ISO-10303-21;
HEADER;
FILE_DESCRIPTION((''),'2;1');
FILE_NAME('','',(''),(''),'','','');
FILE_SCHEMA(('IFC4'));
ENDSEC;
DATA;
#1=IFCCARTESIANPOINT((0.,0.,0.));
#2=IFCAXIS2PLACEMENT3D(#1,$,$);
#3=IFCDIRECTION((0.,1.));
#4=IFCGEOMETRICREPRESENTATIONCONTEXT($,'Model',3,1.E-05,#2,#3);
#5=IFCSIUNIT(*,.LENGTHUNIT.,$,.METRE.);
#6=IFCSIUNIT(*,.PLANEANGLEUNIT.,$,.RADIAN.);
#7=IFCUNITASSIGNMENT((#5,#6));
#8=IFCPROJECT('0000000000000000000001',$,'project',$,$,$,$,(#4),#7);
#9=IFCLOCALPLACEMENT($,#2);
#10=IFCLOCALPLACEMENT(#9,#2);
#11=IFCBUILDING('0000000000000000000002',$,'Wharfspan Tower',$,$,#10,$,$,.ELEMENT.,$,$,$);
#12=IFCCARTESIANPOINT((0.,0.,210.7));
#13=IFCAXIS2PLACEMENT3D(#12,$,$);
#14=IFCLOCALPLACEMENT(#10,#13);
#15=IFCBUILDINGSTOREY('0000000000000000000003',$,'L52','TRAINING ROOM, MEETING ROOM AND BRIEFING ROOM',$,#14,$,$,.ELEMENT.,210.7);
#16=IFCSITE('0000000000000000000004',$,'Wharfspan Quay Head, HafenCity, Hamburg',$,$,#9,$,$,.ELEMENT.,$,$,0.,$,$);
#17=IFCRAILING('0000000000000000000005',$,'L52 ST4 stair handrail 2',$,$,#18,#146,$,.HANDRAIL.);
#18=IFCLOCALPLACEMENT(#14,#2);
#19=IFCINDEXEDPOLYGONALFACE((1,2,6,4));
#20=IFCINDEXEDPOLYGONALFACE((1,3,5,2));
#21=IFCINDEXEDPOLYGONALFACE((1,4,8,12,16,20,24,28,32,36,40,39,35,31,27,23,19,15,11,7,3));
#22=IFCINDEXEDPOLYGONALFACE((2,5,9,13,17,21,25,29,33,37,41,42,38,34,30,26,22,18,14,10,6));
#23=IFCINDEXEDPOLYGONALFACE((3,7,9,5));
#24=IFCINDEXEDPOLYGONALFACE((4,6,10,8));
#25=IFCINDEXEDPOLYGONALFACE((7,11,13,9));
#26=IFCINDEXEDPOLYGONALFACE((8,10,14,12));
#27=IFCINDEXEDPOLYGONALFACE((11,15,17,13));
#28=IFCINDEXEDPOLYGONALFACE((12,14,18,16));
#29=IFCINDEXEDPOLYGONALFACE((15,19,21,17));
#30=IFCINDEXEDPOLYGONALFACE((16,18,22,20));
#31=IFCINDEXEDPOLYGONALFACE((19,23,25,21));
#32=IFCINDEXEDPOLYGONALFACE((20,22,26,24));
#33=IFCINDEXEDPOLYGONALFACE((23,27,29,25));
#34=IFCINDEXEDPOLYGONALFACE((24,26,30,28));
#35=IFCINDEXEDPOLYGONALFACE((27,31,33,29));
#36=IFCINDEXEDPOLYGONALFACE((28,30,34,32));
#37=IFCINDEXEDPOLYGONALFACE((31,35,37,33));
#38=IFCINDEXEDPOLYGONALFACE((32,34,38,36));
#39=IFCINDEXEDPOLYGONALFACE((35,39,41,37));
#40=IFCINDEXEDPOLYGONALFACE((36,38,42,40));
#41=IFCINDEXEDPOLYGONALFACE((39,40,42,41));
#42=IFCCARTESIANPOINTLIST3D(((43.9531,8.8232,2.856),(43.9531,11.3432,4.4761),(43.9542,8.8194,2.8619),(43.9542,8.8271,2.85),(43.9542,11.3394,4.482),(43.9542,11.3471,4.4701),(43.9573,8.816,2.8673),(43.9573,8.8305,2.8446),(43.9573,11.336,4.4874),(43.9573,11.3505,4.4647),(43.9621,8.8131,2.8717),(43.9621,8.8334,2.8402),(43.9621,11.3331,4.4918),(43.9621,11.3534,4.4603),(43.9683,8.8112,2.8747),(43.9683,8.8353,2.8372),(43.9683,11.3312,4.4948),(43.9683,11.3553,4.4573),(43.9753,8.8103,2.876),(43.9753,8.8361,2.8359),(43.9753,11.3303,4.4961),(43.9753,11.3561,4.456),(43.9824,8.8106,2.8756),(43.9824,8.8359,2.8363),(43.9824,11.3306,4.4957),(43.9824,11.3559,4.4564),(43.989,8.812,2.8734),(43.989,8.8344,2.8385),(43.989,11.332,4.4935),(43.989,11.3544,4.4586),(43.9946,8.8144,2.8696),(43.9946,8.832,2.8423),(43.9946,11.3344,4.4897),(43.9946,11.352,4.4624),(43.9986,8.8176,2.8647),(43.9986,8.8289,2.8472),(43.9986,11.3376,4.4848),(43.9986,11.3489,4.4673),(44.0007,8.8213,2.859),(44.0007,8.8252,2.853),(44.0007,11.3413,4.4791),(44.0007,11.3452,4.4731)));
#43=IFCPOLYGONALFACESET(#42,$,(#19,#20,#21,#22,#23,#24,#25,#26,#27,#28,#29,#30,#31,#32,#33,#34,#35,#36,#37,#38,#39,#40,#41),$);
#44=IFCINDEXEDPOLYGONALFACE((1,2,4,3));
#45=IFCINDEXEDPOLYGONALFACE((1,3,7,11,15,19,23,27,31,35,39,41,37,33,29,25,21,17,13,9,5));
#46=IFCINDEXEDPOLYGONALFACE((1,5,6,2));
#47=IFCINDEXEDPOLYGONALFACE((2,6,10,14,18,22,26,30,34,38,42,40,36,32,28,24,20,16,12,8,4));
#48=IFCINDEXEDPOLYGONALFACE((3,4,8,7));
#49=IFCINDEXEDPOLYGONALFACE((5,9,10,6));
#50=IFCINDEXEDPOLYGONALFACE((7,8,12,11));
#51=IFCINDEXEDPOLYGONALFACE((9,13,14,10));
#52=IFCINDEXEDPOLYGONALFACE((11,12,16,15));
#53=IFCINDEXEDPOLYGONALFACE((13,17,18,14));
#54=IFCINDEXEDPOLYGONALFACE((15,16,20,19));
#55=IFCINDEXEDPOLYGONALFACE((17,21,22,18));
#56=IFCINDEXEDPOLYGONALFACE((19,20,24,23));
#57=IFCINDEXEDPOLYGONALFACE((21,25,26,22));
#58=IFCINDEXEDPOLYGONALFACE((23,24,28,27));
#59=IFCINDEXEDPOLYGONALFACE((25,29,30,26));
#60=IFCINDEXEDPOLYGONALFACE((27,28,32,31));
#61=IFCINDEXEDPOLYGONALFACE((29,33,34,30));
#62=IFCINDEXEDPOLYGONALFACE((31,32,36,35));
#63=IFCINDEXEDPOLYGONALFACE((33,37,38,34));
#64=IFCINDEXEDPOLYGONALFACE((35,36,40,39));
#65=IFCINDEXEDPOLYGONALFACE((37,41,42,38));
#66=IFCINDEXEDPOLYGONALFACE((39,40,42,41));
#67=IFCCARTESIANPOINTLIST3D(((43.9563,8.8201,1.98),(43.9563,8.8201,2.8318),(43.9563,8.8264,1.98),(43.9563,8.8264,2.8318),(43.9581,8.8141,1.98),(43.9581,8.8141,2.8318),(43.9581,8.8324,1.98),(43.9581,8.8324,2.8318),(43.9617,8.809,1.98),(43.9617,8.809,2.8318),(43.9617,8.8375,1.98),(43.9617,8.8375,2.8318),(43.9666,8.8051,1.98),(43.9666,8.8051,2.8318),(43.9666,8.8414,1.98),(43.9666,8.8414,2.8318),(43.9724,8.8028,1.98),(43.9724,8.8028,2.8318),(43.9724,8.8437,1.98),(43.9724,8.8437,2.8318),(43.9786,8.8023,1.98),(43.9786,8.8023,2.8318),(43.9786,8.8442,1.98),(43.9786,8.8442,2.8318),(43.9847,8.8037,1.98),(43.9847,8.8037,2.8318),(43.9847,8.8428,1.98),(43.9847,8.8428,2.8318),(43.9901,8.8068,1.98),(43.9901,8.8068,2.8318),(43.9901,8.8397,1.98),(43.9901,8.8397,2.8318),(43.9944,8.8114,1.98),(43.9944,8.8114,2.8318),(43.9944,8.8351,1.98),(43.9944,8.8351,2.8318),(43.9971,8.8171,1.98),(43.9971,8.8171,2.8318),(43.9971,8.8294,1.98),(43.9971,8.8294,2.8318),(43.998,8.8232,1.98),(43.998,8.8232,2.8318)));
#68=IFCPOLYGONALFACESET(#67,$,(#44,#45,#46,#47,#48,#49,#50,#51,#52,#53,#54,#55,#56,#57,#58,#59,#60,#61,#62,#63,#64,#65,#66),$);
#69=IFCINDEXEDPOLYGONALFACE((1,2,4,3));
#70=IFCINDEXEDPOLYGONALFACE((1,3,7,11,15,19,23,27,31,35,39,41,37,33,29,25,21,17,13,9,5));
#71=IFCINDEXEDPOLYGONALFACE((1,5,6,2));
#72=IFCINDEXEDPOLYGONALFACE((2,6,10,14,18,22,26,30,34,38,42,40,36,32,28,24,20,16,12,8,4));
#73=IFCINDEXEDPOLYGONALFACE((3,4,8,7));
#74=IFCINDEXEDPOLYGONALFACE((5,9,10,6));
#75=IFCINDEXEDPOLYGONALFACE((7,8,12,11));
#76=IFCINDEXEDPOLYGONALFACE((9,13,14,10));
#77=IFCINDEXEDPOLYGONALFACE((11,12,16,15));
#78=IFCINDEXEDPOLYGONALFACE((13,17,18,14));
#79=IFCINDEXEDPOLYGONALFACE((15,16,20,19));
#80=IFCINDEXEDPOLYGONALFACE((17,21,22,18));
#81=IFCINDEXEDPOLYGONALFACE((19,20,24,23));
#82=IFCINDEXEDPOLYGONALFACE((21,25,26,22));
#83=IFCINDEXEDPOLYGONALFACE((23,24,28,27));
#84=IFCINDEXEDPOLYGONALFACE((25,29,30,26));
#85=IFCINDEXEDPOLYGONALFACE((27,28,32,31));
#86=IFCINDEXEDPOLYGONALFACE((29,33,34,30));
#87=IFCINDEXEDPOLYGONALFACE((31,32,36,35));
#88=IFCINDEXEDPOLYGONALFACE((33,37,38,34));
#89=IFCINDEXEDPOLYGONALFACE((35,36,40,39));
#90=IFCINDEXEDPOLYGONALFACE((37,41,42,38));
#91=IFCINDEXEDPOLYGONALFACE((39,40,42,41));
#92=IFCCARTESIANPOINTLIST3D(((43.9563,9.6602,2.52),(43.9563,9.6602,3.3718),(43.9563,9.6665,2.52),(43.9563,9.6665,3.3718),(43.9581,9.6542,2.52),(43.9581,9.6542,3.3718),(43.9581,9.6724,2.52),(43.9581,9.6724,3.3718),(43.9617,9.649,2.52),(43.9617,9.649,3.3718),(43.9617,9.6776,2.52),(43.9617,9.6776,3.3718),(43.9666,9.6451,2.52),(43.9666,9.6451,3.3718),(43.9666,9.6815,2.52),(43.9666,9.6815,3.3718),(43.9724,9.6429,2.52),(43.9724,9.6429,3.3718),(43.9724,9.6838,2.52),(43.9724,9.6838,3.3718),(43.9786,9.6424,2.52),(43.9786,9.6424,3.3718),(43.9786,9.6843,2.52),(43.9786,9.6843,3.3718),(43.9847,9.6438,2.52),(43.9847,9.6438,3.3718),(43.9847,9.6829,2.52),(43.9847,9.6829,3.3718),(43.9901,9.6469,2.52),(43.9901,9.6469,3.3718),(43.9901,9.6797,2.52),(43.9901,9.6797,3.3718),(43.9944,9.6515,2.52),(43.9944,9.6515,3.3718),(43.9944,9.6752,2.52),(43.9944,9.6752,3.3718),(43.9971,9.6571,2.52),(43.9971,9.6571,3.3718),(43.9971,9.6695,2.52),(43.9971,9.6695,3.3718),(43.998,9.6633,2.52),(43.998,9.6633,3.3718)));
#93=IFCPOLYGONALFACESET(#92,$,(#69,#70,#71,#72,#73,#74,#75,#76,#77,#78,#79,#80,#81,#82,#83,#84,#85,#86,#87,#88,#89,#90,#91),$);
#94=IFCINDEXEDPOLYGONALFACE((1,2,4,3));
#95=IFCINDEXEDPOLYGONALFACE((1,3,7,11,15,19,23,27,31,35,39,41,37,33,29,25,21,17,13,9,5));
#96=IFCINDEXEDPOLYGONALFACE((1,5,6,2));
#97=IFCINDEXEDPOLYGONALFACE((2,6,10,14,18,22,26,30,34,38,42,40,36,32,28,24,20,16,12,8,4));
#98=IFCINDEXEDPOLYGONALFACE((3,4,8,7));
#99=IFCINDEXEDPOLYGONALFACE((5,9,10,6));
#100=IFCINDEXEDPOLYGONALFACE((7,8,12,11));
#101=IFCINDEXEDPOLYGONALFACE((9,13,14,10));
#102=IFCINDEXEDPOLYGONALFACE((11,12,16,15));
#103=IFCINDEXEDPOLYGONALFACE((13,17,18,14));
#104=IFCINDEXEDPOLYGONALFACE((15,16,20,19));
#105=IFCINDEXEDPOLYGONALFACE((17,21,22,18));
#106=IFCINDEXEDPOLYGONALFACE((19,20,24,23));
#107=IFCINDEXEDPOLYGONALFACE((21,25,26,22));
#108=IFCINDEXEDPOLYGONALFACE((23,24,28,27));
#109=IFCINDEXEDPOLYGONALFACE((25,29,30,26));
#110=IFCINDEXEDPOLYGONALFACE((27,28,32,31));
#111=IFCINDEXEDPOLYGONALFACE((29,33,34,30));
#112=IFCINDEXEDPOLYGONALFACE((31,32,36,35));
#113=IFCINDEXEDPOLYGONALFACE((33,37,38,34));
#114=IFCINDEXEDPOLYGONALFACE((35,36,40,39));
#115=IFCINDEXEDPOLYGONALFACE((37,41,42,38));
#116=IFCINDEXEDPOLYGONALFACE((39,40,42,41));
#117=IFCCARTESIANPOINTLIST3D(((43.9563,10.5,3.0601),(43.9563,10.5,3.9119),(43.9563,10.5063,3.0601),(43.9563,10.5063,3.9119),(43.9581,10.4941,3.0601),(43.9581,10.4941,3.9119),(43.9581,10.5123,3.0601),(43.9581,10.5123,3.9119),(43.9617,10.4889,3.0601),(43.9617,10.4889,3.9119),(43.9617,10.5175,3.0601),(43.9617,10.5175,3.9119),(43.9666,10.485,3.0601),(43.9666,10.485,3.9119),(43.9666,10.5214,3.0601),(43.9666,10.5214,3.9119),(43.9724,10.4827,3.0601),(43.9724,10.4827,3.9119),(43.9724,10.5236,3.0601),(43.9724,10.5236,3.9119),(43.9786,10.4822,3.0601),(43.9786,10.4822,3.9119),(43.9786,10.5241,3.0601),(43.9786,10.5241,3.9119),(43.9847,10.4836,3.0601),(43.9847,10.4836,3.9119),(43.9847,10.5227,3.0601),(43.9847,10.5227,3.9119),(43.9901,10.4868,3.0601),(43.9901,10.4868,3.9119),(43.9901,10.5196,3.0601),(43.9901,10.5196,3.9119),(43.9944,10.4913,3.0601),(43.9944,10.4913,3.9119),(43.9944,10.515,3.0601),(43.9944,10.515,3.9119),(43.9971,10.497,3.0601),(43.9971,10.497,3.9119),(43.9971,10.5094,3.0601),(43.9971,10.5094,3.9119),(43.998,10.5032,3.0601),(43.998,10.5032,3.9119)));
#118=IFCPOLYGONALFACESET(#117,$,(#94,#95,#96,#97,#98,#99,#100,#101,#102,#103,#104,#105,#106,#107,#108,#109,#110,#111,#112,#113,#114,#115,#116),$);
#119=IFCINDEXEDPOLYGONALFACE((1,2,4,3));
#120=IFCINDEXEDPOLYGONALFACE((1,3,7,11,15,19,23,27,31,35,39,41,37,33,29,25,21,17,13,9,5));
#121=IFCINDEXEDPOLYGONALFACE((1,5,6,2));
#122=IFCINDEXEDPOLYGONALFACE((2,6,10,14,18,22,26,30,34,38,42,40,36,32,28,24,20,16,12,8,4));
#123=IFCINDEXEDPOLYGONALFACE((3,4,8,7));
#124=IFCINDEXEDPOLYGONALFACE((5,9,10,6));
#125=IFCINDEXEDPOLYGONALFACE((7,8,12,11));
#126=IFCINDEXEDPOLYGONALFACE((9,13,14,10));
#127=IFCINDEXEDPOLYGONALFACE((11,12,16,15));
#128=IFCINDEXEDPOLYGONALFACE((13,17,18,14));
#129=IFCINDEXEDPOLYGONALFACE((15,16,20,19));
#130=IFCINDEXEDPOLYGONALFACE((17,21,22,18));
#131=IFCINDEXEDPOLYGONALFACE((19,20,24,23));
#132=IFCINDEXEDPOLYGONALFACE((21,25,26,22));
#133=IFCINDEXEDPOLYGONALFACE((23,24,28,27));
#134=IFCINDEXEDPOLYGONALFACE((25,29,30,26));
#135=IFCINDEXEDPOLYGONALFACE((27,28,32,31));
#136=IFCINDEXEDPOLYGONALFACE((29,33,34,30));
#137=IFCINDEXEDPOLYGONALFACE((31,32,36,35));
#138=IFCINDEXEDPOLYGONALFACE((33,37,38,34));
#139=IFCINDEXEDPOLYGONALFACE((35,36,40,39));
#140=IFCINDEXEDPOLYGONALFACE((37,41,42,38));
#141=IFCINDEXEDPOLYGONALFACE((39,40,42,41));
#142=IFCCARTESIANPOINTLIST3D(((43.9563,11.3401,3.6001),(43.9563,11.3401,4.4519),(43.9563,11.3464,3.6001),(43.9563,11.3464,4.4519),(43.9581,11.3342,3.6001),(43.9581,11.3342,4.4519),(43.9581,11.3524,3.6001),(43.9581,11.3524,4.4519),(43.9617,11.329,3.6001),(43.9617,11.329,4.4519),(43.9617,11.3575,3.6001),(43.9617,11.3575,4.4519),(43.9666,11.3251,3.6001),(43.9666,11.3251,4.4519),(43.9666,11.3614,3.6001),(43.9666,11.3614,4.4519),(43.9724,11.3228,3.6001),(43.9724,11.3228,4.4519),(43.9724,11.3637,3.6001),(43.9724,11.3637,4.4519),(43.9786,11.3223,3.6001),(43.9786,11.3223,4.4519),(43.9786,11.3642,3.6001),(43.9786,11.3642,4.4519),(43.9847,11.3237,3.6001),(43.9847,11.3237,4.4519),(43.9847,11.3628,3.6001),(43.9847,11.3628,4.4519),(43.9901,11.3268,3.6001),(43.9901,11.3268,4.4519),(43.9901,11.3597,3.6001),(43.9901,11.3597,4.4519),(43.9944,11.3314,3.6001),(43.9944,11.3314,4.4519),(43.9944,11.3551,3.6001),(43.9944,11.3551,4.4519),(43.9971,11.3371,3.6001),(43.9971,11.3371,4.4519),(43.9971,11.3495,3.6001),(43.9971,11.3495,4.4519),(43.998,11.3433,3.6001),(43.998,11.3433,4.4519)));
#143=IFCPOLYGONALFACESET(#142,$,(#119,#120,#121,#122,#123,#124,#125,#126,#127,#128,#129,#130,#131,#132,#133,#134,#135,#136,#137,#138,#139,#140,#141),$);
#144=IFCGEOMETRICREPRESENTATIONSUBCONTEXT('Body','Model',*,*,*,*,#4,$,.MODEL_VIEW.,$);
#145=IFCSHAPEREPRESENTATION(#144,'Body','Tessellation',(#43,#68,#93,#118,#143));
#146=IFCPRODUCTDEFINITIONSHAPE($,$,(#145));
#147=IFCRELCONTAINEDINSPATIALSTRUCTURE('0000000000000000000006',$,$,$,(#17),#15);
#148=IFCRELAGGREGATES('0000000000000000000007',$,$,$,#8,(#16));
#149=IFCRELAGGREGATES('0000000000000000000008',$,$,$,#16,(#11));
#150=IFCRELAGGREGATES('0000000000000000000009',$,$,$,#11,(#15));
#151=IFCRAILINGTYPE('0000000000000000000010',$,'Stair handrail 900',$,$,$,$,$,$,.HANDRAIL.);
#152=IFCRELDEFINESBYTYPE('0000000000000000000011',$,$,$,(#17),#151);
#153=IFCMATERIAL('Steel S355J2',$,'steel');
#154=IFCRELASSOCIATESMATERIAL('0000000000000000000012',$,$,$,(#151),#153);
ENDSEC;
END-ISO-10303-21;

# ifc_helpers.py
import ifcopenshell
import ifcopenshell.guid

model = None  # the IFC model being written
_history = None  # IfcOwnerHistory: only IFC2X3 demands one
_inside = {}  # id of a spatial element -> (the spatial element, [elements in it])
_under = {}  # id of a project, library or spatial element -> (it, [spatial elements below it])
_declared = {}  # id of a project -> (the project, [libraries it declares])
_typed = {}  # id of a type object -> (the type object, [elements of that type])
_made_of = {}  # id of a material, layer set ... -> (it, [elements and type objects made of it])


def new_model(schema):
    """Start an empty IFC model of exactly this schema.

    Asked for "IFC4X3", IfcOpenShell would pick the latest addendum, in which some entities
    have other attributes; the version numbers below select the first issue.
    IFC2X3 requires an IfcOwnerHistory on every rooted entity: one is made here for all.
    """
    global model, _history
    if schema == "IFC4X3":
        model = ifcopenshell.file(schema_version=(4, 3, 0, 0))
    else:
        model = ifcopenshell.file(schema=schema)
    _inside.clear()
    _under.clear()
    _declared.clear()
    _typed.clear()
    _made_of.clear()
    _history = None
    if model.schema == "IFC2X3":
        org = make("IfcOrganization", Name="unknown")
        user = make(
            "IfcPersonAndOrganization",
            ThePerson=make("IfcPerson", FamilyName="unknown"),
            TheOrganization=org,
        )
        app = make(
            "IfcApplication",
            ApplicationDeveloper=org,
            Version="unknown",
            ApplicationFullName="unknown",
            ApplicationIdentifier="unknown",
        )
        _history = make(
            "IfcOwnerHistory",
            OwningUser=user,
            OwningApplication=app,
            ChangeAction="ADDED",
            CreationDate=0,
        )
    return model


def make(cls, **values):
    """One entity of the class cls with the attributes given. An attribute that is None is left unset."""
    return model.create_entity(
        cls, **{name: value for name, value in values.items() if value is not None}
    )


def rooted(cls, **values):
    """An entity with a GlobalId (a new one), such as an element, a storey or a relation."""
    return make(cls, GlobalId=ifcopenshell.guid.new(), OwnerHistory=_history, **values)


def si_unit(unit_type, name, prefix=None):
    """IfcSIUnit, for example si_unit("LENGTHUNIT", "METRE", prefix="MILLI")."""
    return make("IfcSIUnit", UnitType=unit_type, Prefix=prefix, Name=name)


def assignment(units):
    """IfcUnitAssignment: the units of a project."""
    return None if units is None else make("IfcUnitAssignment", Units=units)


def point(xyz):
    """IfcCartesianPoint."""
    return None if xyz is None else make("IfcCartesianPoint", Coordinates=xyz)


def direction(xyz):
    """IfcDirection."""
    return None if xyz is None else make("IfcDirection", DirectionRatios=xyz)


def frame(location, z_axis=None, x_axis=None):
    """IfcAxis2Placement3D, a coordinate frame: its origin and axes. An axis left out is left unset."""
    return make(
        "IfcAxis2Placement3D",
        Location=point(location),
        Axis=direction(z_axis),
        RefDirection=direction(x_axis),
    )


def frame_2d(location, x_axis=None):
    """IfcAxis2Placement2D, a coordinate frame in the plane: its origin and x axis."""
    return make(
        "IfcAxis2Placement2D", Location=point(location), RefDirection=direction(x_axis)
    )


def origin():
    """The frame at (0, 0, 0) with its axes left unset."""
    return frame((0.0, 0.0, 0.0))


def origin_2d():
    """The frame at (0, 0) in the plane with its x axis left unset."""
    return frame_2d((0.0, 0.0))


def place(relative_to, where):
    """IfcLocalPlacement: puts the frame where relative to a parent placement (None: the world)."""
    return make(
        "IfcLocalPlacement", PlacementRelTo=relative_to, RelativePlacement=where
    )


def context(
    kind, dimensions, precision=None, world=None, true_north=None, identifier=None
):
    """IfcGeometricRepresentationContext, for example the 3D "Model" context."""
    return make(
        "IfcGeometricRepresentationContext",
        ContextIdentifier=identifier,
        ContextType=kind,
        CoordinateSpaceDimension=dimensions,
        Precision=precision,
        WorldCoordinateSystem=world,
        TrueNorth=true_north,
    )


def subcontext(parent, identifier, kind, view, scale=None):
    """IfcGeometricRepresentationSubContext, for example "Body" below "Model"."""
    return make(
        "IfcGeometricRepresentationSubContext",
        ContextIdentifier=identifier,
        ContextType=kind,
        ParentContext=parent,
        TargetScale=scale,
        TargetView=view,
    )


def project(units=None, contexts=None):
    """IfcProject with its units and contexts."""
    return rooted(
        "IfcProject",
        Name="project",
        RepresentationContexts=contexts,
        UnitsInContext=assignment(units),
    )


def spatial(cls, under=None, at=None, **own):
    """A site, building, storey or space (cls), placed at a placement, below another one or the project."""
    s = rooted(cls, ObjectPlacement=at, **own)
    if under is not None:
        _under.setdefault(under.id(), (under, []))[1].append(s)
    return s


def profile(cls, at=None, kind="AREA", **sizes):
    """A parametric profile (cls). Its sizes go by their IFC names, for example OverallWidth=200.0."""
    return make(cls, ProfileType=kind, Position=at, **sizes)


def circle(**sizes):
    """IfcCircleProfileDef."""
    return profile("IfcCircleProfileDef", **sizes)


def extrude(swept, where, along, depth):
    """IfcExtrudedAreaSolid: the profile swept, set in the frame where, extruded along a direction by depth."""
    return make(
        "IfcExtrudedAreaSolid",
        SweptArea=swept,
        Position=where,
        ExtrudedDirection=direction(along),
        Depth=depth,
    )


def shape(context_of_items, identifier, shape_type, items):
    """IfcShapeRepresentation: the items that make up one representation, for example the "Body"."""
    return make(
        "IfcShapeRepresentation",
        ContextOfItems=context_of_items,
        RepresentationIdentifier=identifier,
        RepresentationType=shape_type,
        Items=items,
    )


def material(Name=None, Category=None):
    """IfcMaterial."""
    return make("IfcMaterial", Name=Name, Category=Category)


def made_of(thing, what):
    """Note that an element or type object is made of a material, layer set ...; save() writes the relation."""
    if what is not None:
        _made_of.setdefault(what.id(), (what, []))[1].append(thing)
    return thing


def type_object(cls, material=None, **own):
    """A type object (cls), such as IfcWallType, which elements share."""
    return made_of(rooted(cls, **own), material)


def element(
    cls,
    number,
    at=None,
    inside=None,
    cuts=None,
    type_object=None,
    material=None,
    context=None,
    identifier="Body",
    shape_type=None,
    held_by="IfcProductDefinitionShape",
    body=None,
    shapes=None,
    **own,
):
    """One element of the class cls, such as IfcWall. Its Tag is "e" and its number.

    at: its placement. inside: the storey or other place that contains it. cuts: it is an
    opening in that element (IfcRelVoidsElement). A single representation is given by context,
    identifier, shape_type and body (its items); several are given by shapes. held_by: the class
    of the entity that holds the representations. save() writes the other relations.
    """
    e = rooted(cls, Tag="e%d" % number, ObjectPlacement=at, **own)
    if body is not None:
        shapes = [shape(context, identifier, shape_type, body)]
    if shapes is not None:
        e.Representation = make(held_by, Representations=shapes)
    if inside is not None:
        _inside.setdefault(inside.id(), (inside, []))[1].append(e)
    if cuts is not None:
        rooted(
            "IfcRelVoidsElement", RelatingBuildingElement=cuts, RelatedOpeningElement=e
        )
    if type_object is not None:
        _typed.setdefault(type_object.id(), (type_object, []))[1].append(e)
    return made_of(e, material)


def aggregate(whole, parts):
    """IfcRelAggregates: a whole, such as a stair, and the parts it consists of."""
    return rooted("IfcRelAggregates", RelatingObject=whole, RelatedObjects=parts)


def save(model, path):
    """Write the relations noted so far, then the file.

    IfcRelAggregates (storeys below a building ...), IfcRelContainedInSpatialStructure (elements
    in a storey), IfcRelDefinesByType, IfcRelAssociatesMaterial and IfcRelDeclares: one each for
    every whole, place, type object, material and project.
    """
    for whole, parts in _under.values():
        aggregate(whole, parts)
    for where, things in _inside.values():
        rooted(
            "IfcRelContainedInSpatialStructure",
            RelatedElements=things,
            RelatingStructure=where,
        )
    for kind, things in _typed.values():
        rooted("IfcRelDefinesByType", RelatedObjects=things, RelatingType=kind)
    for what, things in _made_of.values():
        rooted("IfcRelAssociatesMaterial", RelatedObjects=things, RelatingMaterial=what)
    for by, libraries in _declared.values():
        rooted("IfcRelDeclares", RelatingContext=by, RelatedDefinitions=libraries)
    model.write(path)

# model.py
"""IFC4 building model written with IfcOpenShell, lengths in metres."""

from ifc_helpers import new_model, si_unit, direction, frame, origin, origin_2d, place, context, subcontext, project, spatial, circle, extrude, material, type_object, element, save


model = new_model("IFC4")

# Units and contexts
model_context = context("Model", 3, precision=1e-05, world=origin(), true_north=direction((0.0, 1.0)))
body_context = subcontext(model_context, "Body", "Model", "MODEL_VIEW")
ifc_project = project(units=[si_unit("LENGTHUNIT", "METRE"), si_unit("PLANEANGLEUNIT", "RADIAN")], contexts=[model_context])

# Site, building, storey
site_placement = place(None, origin())
site = spatial("IfcSite", under=ifc_project, at=site_placement, Name="Wharfspan Quay Head, HafenCity, Hamburg", CompositionType="ELEMENT", RefElevation=0.0)
building_placement = place(site_placement, origin())
building = spatial("IfcBuilding", under=site, at=building_placement, Name="Wharfspan Tower", CompositionType="ELEMENT")
storey_placement = place(building_placement, frame((0.0, 0.0, 210.7)))
storey = spatial("IfcBuildingStorey", under=building, at=storey_placement, Name="L52", Description="TRAINING ROOM, MEETING ROOM AND BRIEFING ROOM", CompositionType="ELEMENT", Elevation=210.7)

# Shared definitions
ifc_material_1 = material(Name="Steel S355J2", Category="steel")

# Railing
railing_type = type_object("IfcRailingType", Name="Stair handrail 900", PredefinedType="HANDRAIL", material=ifc_material_1)
railing_placement = place(storey_placement, frame((43.9771, 8.8232, 1.98)))
element("IfcRailing", 1, at=railing_placement, inside=storey, type_object=railing_type, Name="L52 ST4 stair handrail 2", PredefinedType="HANDRAIL", context=body_context, shape_type="SweptSolid", body=[
    extrude(circle(Radius=0.0239, at=origin_2d()), frame((0.0, 0.0, 0.876), z_axis=(0.0, 0.841163, 0.540782), x_axis=(-1.0, 0.0, 0.0)), (0.0, 0.0, 1.0), 2.9958),
    extrude(circle(Radius=0.021, at=origin_2d()), origin(), (0.0, 0.0, 1.0), 0.8518),
    extrude(circle(Radius=0.021, at=origin_2d()), frame((0.0, 0.8401, 0.54)), (0.0, 0.0, 1.0), 0.8518),
    extrude(circle(Radius=0.021, at=origin_2d()), frame((0.0, 1.6799, 1.0801)), (0.0, 0.0, 1.0), 0.8518),
    extrude(circle(Radius=0.021, at=origin_2d()), frame((0.0, 2.52, 1.6201)), (0.0, 0.0, 1.0), 0.8518),
])

save(model, "model.ifc")
